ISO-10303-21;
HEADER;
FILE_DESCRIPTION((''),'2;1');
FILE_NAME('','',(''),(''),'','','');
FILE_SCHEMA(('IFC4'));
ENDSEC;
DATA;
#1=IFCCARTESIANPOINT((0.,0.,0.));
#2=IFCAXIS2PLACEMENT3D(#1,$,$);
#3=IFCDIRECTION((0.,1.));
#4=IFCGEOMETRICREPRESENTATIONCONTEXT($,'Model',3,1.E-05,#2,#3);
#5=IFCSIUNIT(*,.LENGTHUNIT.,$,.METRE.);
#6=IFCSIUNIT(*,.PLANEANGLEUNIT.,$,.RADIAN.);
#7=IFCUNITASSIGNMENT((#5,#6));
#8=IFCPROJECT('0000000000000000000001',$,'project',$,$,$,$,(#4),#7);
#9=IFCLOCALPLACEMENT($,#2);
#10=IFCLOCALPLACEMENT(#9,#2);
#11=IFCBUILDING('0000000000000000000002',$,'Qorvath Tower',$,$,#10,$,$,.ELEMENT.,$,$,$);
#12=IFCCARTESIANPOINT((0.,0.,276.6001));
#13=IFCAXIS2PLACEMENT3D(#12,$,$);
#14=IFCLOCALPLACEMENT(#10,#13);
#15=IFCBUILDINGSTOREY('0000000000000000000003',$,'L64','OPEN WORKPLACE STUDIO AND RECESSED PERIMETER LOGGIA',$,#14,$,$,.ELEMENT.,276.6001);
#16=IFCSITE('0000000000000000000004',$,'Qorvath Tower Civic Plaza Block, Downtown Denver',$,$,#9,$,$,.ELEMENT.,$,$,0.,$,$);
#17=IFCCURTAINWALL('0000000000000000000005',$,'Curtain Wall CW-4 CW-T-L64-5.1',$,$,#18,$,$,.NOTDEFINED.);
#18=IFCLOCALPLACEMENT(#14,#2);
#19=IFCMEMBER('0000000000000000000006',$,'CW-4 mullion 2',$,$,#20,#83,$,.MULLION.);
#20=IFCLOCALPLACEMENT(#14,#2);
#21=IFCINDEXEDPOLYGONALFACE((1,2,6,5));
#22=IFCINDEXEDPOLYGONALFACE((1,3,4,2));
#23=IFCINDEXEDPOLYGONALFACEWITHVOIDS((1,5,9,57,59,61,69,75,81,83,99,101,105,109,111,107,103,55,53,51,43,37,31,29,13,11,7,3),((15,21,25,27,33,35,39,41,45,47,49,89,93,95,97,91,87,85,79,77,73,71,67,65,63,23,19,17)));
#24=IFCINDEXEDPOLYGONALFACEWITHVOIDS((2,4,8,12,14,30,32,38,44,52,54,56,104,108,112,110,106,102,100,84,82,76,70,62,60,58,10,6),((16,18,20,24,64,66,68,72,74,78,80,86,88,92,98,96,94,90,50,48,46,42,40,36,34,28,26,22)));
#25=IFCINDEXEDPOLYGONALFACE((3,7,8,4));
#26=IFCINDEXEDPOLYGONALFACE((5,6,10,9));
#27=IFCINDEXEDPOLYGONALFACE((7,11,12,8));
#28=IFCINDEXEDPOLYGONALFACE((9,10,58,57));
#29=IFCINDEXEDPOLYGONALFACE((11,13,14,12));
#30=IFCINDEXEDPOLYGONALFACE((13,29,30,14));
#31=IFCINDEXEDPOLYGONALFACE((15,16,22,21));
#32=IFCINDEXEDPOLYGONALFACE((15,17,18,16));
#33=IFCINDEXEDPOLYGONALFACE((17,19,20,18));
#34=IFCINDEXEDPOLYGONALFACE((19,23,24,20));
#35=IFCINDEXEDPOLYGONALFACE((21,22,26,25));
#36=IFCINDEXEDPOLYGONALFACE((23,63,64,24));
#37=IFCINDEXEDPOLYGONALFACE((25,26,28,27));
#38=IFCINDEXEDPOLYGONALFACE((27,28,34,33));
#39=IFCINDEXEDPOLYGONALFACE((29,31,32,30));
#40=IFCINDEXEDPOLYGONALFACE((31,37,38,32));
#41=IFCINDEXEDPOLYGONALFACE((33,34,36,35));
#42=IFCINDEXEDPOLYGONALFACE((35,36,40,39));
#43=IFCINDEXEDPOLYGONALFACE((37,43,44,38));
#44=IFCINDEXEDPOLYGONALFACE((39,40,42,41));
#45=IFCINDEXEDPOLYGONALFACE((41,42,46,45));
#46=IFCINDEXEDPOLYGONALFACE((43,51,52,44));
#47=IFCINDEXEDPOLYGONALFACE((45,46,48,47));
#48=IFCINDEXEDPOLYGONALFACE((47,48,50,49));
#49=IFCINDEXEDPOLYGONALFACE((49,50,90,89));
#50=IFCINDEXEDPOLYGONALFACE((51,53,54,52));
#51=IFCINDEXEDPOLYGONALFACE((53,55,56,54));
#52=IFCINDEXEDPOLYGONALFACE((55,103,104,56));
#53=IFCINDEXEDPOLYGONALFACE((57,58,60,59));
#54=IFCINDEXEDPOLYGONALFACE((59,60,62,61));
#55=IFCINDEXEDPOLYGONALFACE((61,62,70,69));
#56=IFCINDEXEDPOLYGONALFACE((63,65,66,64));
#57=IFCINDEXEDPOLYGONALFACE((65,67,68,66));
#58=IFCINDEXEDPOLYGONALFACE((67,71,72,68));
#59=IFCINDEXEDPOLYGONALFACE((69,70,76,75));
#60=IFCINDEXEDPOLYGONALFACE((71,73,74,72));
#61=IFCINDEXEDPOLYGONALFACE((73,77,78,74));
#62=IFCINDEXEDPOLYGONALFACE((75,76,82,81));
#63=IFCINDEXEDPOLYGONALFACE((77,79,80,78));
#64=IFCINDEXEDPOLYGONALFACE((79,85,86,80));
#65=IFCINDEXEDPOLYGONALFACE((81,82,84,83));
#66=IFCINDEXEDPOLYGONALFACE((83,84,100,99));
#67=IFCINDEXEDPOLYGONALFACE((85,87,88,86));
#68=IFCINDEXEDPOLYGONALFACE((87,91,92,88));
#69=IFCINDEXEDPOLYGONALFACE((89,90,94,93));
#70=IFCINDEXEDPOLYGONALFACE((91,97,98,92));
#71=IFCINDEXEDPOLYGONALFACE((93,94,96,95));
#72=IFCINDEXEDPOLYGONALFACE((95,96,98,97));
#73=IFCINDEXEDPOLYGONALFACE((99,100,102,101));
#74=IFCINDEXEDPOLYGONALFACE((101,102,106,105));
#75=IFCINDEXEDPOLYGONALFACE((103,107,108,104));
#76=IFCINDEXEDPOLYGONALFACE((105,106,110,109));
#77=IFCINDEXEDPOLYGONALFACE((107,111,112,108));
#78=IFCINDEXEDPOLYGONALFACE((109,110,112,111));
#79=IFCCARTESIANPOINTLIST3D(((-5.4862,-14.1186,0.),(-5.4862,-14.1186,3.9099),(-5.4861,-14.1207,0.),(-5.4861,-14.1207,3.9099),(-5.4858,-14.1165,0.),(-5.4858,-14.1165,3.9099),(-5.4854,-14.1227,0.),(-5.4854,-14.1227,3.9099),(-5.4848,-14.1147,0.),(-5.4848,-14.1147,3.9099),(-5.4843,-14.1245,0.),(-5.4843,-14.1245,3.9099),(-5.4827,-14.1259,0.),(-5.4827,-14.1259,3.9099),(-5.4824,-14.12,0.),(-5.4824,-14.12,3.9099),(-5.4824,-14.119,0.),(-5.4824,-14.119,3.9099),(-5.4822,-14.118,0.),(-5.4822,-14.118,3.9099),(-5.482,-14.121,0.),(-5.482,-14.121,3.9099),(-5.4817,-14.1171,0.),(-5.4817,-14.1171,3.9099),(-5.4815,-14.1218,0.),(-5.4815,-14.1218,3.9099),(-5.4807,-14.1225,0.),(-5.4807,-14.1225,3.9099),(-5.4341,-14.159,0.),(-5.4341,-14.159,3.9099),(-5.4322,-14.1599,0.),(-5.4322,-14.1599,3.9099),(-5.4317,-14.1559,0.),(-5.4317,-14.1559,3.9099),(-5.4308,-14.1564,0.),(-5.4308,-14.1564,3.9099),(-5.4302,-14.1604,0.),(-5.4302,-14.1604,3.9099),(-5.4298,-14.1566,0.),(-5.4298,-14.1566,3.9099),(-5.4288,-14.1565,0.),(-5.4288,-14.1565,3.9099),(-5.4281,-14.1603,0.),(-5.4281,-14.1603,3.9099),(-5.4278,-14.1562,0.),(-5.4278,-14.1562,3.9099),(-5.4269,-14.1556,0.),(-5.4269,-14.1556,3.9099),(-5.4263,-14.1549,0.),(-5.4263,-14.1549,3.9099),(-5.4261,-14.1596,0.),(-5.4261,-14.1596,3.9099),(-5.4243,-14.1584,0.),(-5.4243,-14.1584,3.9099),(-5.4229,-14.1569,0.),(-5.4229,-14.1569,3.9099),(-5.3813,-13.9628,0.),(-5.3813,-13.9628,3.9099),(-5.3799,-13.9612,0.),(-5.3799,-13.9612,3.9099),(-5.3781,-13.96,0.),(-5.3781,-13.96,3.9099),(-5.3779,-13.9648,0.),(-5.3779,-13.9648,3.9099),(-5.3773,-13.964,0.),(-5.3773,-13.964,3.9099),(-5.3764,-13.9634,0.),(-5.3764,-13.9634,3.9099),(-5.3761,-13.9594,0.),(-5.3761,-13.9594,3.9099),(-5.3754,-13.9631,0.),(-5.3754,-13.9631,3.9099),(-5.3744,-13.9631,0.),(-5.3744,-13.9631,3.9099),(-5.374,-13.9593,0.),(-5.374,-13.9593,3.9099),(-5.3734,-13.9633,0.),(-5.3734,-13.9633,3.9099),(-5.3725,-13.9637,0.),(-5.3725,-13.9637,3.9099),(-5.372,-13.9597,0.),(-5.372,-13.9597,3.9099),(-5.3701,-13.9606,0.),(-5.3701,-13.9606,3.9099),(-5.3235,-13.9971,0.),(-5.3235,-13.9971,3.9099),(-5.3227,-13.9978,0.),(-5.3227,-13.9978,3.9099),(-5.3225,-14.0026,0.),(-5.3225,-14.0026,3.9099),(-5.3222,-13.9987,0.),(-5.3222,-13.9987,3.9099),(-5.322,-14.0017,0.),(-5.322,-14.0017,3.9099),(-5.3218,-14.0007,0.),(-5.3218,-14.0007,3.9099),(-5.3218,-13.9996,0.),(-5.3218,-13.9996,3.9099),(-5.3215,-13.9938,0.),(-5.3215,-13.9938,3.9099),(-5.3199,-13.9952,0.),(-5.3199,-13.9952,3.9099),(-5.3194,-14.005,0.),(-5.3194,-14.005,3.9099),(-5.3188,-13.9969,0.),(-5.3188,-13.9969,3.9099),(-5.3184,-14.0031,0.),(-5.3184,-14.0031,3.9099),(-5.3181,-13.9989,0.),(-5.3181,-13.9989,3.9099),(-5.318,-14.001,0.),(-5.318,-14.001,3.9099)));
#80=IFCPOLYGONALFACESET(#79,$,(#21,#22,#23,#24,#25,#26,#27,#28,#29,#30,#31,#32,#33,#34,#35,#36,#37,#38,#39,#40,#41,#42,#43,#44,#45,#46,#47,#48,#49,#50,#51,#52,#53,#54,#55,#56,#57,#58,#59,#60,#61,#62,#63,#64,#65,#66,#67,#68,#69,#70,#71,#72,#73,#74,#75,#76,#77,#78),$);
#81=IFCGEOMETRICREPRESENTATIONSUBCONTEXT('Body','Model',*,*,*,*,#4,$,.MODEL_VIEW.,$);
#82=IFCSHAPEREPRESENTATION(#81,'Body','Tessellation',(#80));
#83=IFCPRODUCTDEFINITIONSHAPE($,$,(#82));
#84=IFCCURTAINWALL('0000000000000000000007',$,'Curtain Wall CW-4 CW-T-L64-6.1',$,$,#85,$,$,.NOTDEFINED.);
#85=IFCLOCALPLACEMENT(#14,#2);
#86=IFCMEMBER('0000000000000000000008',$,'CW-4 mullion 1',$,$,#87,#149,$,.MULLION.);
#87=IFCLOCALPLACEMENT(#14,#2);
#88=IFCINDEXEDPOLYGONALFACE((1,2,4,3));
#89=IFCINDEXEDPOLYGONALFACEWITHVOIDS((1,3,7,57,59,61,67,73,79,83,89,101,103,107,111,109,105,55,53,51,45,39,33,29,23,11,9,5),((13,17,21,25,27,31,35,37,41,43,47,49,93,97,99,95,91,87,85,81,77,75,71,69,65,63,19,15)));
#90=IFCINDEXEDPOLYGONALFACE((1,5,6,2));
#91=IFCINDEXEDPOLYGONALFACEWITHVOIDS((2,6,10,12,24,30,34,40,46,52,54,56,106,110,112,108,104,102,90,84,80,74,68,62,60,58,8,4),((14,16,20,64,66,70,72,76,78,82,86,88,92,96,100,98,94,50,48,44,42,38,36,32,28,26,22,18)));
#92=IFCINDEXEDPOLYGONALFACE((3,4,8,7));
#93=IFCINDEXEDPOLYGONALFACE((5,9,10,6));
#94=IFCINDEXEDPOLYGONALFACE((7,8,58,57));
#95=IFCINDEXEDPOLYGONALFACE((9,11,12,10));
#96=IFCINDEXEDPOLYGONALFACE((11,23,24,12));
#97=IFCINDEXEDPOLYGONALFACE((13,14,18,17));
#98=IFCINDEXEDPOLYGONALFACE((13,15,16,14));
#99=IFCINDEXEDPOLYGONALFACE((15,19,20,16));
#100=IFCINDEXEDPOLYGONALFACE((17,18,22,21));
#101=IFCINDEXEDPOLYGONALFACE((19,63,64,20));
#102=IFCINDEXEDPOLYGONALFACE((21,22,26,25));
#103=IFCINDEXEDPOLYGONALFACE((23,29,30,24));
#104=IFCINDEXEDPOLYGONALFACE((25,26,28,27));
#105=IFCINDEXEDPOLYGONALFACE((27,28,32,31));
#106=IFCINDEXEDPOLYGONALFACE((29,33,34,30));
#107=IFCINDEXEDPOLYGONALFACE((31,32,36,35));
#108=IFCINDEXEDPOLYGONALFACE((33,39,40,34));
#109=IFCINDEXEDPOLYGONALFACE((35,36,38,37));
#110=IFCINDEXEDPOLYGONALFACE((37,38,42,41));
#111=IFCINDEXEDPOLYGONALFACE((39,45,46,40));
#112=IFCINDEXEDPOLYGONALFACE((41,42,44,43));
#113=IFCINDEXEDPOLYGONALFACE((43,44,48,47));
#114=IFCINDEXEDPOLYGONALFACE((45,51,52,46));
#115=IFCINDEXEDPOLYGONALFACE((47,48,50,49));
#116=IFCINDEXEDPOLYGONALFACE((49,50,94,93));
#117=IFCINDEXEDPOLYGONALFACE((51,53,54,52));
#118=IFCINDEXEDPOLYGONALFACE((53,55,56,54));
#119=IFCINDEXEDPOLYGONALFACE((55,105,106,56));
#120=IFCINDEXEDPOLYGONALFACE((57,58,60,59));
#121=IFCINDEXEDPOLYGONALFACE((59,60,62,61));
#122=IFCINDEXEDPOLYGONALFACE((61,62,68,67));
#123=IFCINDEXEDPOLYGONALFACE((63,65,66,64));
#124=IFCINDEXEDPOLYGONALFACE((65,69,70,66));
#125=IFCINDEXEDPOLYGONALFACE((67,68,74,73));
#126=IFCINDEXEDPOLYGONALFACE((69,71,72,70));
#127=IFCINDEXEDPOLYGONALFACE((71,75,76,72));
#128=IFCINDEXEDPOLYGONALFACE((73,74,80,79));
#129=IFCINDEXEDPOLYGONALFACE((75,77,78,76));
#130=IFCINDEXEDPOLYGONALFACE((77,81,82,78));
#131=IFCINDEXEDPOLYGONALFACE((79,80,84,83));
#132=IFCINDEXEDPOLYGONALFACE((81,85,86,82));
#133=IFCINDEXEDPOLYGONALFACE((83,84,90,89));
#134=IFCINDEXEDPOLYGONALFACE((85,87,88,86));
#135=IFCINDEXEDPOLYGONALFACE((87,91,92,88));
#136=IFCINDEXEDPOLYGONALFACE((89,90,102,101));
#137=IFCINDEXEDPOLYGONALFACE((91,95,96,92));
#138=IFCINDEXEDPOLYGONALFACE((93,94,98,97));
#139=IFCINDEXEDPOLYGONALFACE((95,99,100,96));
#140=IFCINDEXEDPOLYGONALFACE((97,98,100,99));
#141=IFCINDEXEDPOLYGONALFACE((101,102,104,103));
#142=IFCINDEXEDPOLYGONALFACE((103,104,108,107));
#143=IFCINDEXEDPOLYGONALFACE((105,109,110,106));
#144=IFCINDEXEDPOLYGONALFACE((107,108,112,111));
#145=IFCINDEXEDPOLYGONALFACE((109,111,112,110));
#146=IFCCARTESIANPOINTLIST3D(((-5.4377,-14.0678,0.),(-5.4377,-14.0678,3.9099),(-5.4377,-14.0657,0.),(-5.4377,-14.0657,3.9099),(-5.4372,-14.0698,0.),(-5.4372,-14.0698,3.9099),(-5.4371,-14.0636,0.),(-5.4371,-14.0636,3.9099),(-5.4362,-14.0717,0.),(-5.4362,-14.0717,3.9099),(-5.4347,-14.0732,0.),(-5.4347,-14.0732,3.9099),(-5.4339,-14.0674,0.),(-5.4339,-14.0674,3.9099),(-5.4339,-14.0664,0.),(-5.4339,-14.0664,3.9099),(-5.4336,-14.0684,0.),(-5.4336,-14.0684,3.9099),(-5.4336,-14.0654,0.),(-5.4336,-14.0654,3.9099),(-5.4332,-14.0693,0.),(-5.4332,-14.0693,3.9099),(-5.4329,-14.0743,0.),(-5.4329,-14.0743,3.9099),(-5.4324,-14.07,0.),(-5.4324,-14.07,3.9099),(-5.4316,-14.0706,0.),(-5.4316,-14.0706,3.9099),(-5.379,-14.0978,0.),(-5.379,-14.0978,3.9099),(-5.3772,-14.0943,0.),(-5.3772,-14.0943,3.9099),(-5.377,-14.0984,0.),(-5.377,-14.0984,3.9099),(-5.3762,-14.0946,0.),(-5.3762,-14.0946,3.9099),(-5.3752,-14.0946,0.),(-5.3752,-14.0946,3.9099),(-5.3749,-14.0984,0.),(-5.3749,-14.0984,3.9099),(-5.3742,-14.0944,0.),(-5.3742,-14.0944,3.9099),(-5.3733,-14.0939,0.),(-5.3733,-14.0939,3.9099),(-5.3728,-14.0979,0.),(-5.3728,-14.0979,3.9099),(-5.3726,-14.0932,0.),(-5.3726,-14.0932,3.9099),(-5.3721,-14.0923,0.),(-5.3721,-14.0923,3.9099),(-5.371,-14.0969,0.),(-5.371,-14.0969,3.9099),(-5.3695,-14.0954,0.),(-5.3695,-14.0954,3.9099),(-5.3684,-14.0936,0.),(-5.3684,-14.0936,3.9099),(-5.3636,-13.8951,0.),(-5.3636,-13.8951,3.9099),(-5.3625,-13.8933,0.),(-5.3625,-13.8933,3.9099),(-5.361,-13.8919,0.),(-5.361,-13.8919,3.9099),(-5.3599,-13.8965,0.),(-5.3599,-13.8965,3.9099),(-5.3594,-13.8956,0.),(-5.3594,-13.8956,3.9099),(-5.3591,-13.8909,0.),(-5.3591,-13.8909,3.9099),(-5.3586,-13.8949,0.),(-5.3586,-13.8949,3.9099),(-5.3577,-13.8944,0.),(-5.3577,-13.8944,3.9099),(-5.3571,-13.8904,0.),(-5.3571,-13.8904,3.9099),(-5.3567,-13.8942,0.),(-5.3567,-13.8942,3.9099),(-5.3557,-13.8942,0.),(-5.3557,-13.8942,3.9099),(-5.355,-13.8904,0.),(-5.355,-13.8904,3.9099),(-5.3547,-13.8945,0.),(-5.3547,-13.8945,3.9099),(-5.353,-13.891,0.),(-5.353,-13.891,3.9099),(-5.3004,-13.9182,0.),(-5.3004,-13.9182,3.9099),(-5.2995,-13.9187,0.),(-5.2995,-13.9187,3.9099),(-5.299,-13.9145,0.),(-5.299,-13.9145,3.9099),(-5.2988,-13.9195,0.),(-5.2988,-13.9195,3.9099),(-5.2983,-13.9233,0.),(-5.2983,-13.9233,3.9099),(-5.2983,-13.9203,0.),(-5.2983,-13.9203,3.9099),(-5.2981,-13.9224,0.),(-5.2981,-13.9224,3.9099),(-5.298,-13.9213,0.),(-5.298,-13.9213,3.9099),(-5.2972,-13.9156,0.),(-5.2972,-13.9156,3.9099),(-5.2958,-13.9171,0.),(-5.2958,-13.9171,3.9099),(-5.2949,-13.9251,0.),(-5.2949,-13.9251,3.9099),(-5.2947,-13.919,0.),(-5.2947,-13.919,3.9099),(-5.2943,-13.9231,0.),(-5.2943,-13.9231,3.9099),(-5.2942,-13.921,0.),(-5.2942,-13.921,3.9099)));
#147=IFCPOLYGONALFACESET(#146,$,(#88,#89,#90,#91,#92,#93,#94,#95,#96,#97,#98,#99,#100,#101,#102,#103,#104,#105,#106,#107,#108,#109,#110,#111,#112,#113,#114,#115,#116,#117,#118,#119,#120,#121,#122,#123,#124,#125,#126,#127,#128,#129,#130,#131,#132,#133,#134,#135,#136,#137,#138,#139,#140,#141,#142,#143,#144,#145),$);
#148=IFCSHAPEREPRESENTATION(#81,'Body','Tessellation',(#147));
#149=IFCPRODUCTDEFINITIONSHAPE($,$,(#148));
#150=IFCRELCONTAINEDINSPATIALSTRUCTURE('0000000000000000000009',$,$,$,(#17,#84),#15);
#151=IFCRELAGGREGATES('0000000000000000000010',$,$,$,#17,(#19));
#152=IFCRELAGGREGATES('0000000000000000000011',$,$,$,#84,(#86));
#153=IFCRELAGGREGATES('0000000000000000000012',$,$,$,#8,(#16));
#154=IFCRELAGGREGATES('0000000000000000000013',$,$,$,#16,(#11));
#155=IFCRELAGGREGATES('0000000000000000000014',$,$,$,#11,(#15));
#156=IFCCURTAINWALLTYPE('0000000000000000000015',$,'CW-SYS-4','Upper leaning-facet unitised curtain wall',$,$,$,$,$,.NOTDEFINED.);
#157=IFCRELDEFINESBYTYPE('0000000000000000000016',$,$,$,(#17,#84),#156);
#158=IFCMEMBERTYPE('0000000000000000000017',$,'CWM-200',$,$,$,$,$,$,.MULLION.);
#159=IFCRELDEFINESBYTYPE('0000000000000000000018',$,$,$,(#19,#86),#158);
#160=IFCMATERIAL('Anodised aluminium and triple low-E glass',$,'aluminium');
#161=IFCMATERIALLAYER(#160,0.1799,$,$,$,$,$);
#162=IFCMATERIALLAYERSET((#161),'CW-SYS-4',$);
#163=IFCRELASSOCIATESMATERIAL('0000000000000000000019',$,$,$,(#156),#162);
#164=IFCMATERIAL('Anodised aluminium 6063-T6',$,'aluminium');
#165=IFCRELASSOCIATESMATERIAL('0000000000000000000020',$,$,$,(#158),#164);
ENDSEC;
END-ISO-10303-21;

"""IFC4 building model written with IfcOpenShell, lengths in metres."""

from ifc_helpers import new_model, si_unit, direction, frame, origin, origin_2d, place, context, subcontext, project, spatial, hollow_rectangle, extrude, material, layer, layer_set, material_profile, profile_set, type_object, element, aggregate, save


model = new_model("IFC4")

# Units and contexts
model_context = context("Model", 3, precision=1e-05, world=origin(), true_north=direction((0.0, 1.0)))
body_context = subcontext(model_context, "Body", "Model", "MODEL_VIEW")
ifc_project = project(units=[si_unit("LENGTHUNIT", "METRE"), si_unit("PLANEANGLEUNIT", "RADIAN")], contexts=[model_context])

# Site, building, storey
site_placement = place(None, origin())
site = spatial("IfcSite", under=ifc_project, at=site_placement, Name="Qorvath Tower Civic Plaza Block, Downtown Denver", CompositionType="ELEMENT", RefElevation=0.0)
building_placement = place(site_placement, origin())
building = spatial("IfcBuilding", under=site, at=building_placement, Name="Qorvath Tower", CompositionType="ELEMENT")
storey_placement = place(building_placement, frame((0.0, 0.0, 276.6001)))
storey = spatial("IfcBuildingStorey", under=building, at=storey_placement, Name="L64", Description="OPEN WORKPLACE STUDIO AND RECESSED PERIMETER LOGGIA", CompositionType="ELEMENT", Elevation=276.6001)

# Shared definitions
ifc_material_1 = material(Name="Anodised aluminium and triple low-E glass", Category="aluminium")
ifc_layer_1 = layer(ifc_material_1, 0.1799)
ifc_layer_set_1 = layer_set([ifc_layer_1], Name="CW-SYS-4")
curtain_wall_type = type_object("IfcCurtainWallType", Name="CW-SYS-4", Description="Upper leaning-facet unitised curtain wall", PredefinedType="NOTDEFINED", material=ifc_layer_set_1)
ifc_material_2 = material(Name="Anodised aluminium 6063-T6", Category="aluminium")
ifc_material_profile_1 = material_profile(ifc_material_2, hollow_rectangle(XDim=0.075, YDim=0.2, WallThickness=0.0039, InnerFilletRadius=0.0039, OuterFilletRadius=0.0081, at=origin_2d()), Name="CWM 200x75")
ifc_profile_set_1 = profile_set([ifc_material_profile_1], Name="Anodised aluminium 6063-T6")
member_type_1 = type_object("IfcMemberType", Name="CWM-200", PredefinedType="MULLION", material=ifc_profile_set_1)

# Curtain walls, members
curtain_wall_1_placement = place(storey_placement, origin())
curtain_wall_1 = element("IfcCurtainWall", 1, at=curtain_wall_1_placement, inside=storey, type_object=curtain_wall_type, Name="Curtain Wall CW-4 CW-T-L64-5.1", PredefinedType="NOTDEFINED")
member_1_placement = place(storey_placement, frame((-5.4021, -14.0598, 0.0), z_axis=(0.0, 0.0, 1.0), x_axis=(-0.826319, 0.563203, 0.0)))
member_1 = element("IfcMember", 2, at=member_1_placement, type_object=member_type_1, Name="CW-4 mullion 2", PredefinedType="MULLION", context=body_context, shape_type="SweptSolid", body=[
    extrude(hollow_rectangle(XDim=0.075, YDim=0.2, WallThickness=0.0039, InnerFilletRadius=0.0039, OuterFilletRadius=0.0081, at=origin_2d()), origin(), (0.0, 0.0, 1.0), 3.9099),
])
curtain_wall_2_placement = place(storey_placement, origin())
curtain_wall_2 = element("IfcCurtainWall", 3, at=curtain_wall_2_placement, inside=storey, type_object=curtain_wall_type, Name="Curtain Wall CW-4 CW-T-L64-6.1", PredefinedType="NOTDEFINED")
member_2_placement = place(storey_placement, frame((-5.366, -13.9944, 0.0), z_axis=(0.0, 0.0, 1.0), x_axis=(-0.916559, 0.3999, 0.0)))
member_2 = element("IfcMember", 4, at=member_2_placement, type_object=member_type_1, Name="CW-4 mullion 1", PredefinedType="MULLION", context=body_context, shape_type="SweptSolid", body=[
    extrude(hollow_rectangle(XDim=0.075, YDim=0.2, WallThickness=0.0039, InnerFilletRadius=0.0039, OuterFilletRadius=0.0081, at=origin_2d()), origin(), (0.0, 0.0, 1.0), 3.9099),
])

aggregate(curtain_wall_1, [member_1])
aggregate(curtain_wall_2, [member_2])

save(model, "model.ifc")
